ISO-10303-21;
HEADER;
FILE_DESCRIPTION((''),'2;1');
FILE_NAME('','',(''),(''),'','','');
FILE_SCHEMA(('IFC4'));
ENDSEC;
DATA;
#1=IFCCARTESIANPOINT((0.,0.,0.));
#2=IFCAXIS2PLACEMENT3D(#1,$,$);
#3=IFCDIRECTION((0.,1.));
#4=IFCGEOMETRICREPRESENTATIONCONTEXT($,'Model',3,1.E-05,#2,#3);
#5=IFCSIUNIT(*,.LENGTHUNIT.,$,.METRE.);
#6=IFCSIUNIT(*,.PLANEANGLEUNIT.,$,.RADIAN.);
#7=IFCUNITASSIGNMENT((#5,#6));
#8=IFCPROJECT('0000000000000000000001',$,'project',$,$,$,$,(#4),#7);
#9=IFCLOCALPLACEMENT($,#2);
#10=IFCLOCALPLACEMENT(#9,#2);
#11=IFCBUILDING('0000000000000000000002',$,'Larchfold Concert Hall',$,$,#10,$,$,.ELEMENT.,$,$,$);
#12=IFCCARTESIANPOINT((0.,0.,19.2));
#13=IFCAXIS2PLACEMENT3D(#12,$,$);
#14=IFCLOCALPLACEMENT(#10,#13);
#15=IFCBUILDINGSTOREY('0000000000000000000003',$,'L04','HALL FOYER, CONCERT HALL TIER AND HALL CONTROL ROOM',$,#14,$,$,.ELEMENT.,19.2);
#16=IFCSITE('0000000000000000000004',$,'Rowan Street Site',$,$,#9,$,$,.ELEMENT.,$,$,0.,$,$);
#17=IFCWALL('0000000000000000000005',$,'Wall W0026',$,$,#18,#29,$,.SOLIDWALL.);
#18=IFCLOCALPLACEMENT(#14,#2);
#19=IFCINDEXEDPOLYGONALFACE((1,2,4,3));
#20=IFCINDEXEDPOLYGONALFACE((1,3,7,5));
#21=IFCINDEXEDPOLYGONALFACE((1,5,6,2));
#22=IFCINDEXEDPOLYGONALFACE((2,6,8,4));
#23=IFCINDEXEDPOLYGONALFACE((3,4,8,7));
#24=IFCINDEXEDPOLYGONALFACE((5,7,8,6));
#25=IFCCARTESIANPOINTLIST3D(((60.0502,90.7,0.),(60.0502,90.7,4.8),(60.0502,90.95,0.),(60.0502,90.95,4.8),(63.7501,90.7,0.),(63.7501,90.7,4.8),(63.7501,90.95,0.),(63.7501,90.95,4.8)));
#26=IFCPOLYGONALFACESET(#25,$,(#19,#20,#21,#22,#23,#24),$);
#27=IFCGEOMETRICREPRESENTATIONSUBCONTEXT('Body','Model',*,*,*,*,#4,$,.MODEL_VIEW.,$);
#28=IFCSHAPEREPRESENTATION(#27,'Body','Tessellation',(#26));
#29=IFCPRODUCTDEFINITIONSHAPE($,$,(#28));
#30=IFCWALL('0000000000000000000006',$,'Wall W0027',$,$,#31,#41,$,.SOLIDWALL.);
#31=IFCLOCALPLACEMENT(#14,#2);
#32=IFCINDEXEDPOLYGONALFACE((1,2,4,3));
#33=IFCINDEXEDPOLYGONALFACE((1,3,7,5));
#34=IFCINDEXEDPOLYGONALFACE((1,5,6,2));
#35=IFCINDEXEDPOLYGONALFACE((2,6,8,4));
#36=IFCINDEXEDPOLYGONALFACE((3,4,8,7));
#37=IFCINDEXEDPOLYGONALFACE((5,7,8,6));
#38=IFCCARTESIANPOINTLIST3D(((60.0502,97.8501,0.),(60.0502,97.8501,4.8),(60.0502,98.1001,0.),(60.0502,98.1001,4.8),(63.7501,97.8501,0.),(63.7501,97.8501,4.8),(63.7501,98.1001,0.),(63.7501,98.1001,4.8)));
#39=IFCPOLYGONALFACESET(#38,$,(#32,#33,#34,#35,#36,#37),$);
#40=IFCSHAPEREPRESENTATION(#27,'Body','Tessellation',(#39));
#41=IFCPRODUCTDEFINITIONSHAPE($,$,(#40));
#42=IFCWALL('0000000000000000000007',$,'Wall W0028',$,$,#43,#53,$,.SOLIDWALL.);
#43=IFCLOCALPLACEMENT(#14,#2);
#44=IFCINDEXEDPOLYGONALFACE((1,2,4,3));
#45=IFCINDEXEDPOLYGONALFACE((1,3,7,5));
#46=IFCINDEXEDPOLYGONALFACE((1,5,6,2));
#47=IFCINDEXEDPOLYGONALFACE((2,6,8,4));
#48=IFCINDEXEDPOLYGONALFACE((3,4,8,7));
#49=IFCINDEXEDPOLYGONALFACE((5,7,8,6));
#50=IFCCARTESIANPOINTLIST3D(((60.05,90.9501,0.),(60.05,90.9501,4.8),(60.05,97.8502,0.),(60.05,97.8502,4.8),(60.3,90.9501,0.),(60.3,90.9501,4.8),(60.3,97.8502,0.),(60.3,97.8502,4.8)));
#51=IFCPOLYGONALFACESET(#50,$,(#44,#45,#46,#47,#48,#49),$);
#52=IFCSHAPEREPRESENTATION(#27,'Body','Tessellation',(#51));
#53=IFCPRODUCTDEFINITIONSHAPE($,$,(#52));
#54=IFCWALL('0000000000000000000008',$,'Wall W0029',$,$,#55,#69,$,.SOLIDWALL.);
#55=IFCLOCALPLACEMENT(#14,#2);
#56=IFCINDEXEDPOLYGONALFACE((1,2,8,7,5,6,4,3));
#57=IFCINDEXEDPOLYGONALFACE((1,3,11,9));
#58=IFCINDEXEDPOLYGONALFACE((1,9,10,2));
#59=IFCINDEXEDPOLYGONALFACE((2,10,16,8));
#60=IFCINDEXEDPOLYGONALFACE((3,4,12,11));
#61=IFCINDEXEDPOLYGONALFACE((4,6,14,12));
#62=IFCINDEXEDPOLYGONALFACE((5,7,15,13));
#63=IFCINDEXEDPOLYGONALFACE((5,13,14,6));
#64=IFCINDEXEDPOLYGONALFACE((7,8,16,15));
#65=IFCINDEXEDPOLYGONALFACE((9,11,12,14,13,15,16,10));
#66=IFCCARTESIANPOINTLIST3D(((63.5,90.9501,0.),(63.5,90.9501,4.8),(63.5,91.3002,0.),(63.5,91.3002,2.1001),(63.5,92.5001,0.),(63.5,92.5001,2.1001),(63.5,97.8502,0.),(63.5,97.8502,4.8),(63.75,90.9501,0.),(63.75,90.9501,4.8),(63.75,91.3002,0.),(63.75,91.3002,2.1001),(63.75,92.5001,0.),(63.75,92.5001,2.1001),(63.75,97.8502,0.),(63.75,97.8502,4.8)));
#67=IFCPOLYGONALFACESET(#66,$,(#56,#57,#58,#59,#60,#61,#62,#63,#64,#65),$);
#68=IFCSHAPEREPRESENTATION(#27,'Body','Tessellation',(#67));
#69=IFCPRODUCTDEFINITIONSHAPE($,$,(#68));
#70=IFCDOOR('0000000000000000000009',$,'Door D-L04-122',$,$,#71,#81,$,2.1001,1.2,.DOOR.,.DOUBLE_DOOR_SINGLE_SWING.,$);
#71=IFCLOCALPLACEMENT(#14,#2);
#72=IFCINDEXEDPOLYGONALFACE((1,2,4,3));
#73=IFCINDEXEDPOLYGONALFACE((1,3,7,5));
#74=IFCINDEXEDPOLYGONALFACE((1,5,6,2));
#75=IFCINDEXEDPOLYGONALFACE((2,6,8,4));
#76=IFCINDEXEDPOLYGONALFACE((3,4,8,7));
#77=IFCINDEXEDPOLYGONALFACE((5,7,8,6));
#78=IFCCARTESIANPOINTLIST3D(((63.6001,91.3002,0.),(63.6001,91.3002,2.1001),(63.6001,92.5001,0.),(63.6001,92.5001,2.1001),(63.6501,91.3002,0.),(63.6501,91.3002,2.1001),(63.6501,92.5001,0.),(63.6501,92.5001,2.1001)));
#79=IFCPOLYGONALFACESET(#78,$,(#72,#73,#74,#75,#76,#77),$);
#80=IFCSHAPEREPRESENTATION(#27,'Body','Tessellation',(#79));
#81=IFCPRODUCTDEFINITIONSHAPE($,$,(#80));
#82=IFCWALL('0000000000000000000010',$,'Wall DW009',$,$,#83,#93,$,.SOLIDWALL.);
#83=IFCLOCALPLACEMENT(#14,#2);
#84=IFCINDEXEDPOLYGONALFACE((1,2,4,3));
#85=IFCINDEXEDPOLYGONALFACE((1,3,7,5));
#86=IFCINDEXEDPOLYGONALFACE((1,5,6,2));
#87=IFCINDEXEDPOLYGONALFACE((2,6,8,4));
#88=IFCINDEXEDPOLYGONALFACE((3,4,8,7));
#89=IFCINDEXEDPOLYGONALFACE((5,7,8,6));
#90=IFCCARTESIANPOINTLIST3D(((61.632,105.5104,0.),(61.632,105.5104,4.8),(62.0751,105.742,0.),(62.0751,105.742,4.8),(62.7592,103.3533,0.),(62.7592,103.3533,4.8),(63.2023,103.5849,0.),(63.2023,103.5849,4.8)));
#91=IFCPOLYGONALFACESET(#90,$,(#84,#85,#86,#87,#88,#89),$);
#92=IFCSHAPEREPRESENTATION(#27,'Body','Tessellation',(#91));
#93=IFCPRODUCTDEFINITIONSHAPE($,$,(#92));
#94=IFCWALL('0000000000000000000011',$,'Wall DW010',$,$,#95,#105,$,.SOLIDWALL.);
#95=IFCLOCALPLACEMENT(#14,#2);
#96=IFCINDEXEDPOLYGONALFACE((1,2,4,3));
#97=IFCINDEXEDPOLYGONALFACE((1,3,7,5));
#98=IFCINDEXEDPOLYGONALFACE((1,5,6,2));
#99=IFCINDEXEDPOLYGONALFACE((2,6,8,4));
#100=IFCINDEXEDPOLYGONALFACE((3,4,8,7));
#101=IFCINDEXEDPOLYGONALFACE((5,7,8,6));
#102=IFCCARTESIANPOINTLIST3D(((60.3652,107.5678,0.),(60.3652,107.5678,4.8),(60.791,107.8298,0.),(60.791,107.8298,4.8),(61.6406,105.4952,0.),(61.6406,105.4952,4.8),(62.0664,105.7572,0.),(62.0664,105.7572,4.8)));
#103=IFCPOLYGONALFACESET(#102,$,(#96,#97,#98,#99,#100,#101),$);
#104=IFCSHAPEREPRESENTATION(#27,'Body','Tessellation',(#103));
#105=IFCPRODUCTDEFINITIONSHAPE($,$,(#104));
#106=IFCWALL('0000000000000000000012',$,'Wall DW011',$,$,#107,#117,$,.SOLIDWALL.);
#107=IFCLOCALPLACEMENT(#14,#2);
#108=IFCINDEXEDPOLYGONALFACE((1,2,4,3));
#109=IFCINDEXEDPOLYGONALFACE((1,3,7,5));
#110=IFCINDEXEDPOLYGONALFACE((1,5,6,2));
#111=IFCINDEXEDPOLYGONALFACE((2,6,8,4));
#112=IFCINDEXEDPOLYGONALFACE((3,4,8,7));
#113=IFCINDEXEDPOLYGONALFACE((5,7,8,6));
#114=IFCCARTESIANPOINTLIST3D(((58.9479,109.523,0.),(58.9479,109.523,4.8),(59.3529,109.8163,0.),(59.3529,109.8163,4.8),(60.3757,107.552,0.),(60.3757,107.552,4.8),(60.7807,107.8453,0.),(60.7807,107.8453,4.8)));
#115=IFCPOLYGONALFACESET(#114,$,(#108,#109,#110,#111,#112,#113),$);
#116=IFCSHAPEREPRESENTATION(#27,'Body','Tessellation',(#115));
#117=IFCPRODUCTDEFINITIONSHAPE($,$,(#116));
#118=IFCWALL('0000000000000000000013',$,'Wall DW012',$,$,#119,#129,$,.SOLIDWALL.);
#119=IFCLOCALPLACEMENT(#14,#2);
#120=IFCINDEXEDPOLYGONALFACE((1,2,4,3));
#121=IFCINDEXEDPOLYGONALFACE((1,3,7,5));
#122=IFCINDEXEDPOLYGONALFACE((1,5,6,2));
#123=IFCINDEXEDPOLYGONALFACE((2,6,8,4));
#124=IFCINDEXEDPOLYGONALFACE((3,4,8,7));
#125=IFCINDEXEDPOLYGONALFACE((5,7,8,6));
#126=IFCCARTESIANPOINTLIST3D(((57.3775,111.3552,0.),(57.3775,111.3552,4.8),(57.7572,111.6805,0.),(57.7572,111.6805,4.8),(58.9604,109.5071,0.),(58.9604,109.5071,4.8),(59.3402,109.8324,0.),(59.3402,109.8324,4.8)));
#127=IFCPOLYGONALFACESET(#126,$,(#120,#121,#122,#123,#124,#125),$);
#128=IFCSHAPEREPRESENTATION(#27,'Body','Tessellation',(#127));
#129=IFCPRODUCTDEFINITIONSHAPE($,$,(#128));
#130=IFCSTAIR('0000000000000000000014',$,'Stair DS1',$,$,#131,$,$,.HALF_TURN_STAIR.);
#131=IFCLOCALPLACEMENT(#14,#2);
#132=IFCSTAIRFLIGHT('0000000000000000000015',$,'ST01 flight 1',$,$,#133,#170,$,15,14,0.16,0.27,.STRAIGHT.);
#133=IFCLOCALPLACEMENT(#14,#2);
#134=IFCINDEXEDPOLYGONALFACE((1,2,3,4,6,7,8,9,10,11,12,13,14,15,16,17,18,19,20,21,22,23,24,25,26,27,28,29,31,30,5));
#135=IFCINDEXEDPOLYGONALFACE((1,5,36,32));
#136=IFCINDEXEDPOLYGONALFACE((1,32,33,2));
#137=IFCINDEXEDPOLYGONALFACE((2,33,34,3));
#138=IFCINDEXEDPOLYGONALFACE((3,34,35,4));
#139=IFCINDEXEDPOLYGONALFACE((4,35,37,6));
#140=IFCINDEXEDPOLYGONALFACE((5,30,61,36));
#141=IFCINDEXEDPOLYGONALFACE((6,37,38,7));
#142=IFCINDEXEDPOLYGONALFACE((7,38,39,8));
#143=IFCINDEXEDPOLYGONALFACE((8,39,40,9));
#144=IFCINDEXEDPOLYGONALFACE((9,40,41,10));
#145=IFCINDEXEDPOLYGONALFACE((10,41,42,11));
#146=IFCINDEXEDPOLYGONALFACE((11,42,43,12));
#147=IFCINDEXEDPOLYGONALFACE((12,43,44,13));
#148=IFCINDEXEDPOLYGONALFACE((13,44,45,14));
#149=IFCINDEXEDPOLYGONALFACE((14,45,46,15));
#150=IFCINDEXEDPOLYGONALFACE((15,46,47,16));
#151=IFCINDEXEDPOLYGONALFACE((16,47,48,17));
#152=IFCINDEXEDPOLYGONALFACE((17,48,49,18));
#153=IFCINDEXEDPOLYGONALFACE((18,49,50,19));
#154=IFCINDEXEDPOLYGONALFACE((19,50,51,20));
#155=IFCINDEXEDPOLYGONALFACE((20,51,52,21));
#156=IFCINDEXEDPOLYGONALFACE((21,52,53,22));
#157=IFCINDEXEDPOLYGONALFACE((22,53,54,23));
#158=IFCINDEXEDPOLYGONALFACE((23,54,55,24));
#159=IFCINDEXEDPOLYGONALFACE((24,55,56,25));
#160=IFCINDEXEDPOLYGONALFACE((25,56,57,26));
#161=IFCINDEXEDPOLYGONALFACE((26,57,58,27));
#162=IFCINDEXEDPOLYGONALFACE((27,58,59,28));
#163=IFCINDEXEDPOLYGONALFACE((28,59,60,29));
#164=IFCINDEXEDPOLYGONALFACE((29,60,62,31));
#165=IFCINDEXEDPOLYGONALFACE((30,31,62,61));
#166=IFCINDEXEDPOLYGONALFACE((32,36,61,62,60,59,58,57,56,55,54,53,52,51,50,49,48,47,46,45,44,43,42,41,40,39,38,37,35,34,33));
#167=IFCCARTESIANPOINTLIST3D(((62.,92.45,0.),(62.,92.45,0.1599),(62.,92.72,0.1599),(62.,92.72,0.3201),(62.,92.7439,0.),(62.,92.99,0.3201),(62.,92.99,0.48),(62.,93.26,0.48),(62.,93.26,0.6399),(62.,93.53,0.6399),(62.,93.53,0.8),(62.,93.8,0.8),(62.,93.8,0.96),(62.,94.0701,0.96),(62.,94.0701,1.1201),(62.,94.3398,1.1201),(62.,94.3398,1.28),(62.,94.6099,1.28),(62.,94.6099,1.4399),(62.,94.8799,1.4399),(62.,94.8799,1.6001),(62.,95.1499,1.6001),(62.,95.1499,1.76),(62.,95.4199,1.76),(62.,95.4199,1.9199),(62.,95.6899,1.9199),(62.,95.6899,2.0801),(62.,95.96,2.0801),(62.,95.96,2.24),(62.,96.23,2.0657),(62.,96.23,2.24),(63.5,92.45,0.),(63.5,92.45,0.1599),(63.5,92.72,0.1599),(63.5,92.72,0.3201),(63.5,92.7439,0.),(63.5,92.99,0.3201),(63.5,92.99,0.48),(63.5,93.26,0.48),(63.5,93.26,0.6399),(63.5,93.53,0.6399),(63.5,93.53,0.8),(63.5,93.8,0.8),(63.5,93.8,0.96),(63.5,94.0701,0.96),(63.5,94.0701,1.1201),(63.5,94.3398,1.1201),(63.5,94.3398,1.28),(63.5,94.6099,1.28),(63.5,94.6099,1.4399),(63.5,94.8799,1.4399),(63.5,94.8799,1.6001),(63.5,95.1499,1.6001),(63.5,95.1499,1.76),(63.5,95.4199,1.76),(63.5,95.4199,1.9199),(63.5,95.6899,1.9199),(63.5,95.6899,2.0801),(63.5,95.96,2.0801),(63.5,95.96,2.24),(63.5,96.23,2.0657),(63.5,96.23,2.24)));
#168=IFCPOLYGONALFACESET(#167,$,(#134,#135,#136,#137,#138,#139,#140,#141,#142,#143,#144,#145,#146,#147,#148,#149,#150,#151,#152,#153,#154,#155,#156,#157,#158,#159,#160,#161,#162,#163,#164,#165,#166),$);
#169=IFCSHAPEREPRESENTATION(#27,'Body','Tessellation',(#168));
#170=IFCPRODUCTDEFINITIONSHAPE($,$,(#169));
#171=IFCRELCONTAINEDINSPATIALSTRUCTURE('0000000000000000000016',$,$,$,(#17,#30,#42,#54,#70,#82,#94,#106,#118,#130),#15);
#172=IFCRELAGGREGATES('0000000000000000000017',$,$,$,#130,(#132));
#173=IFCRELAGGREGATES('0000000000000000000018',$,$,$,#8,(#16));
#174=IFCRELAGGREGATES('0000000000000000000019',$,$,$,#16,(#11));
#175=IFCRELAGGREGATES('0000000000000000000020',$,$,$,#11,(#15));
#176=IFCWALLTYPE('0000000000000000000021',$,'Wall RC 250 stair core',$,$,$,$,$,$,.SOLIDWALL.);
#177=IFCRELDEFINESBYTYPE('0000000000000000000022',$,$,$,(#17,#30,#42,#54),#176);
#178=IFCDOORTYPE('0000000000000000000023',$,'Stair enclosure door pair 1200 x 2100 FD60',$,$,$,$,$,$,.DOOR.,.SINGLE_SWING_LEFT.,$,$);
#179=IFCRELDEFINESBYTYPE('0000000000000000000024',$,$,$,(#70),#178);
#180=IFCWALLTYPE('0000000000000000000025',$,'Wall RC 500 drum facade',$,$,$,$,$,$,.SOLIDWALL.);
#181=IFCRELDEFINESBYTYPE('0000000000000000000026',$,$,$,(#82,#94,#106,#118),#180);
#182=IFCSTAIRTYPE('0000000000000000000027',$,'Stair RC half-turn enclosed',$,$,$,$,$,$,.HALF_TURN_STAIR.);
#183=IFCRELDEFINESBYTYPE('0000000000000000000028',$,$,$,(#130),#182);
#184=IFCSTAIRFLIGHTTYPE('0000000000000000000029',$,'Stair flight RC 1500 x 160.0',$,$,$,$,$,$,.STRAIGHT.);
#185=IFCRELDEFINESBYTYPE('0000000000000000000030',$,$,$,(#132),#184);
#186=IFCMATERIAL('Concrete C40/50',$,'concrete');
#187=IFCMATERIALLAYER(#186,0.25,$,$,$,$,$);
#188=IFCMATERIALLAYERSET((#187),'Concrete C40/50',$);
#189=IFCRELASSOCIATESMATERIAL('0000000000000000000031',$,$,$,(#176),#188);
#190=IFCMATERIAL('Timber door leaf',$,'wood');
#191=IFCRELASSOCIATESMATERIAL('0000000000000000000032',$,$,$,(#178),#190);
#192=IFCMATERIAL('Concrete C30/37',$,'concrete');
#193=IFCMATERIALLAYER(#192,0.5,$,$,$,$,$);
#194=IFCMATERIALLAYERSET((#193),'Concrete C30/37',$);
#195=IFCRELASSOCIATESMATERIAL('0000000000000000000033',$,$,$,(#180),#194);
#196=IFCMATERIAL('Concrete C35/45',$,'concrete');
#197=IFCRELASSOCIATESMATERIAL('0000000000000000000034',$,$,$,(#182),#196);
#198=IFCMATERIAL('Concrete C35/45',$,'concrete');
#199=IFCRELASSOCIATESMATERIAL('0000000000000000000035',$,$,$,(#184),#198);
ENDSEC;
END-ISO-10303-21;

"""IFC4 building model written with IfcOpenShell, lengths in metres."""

from ifc_helpers import new_model, si_unit, direction, frame, frame_2d, origin, place, context, subcontext, project, spatial, polyline, rectangle, outline, extrude, material, layer, layer_set, type_object, element, fill, aggregate, save


model = new_model("IFC4")

# Units and contexts
model_context = context("Model", 3, precision=1e-05, world=origin(), true_north=direction((0.0, 1.0)))
body_context = subcontext(model_context, "Body", "Model", "MODEL_VIEW")
ifc_project = project(units=[si_unit("LENGTHUNIT", "METRE"), si_unit("PLANEANGLEUNIT", "RADIAN")], contexts=[model_context])

# Site, building, storey
site_placement = place(None, origin())
site = spatial("IfcSite", under=ifc_project, at=site_placement, Name="Rowan Street Site", CompositionType="ELEMENT", RefElevation=0.0)
building_placement = place(site_placement, origin())
building = spatial("IfcBuilding", under=site, at=building_placement, Name="Larchfold Concert Hall", CompositionType="ELEMENT")
storey_placement = place(building_placement, frame((0.0, 0.0, 19.2)))
storey = spatial("IfcBuildingStorey", under=building, at=storey_placement, Name="L04", Description="HALL FOYER, CONCERT HALL TIER AND HALL CONTROL ROOM", CompositionType="ELEMENT", Elevation=19.2)

# Walls
ifc_material_1 = material(Name="Concrete C40/50", Category="concrete")
ifc_layer_1 = layer(ifc_material_1, 0.25)
ifc_layer_set_1 = layer_set([ifc_layer_1], Name="Concrete C40/50")
wall_type_1 = type_object("IfcWallType", Name="Wall RC 250 stair core", PredefinedType="SOLIDWALL", material=ifc_layer_set_1)
for number, where, z_axis, x_axis, name in (
    (1, (60.05, 90.825, 0.0), (0.0, 0.0, 1.0), (1.0, 0.0, 0.0), "Wall W0026"),
    (2, (60.05, 97.9751, 0.0), (0.0, 0.0, 1.0), (1.0, 0.0, 0.0), "Wall W0027"),
):
    element("IfcWall", number, at=place(storey_placement, frame(where, z_axis=z_axis, x_axis=x_axis)), inside=storey, type_object=wall_type_1, Name=name, PredefinedType="SOLIDWALL", context=body_context, shape_type="SweptSolid", body=[
        extrude(rectangle(XDim=3.7, YDim=0.25, at=frame_2d((1.8501, 0.0))), origin(), (0.0, 0.0, 1.0), 4.8),
    ])
wall_1_placement = place(storey_placement, frame((60.175, 90.95, 0.0), z_axis=(0.0, 0.0, 1.0), x_axis=(0.0, 1.0, 0.0)))
element("IfcWall", 3, at=wall_1_placement, inside=storey, type_object=wall_type_1, Name="Wall W0028", PredefinedType="SOLIDWALL", context=body_context, shape_type="SweptSolid", body=[
    extrude(rectangle(XDim=6.9001, YDim=0.25, at=frame_2d((3.4502, 0.0))), origin(), (0.0, 0.0, 1.0), 4.8),
])

# Wall, opening, door
wall_2_placement = place(storey_placement, frame((63.625, 90.95, 0.0), z_axis=(0.0, 0.0, 1.0), x_axis=(0.0, 1.0, 0.0)))
wall_2 = element("IfcWall", 4, at=wall_2_placement, inside=storey, type_object=wall_type_1, Name="Wall W0029", PredefinedType="SOLIDWALL", context=body_context, shape_type="SweptSolid", body=[
    extrude(rectangle(XDim=6.9001, YDim=0.25, at=frame_2d((3.4502, 0.0))), origin(), (0.0, 0.0, 1.0), 4.8),
])
opening_placement = place(wall_2_placement, frame((0.3501, 0.0, 0.0)))
opening = element("IfcOpeningElement", 5, at=opening_placement, cuts=wall_2, PredefinedType="OPENING", context=body_context, shape_type="SweptSolid", body=[
    extrude(rectangle(XDim=1.2, YDim=2.1001, at=frame_2d((0.6001, 1.05))), frame((0.0, 0.135, 0.0), z_axis=(0.0, -1.0, 0.0), x_axis=(1.0, 0.0, 0.0)), (0.0, 0.0, 1.0), 0.27),
])
ifc_material_2 = material(Name="Timber door leaf", Category="wood")
door_type = type_object("IfcDoorType", Name="Stair enclosure door pair 1200 x 2100 FD60", OperationType="SINGLE_SWING_LEFT", PredefinedType="DOOR", material=ifc_material_2)
door_placement = place(opening_placement, origin())
door = element("IfcDoor", 6, at=door_placement, inside=storey, type_object=door_type, Name="Door D-L04-122", OperationType="DOUBLE_DOOR_SINGLE_SWING", OverallHeight=2.1001, OverallWidth=1.2, PredefinedType="DOOR", context=body_context, shape_type="SweptSolid", body=[
    extrude(rectangle(XDim=1.2, YDim=2.1001, at=frame_2d((0.6001, 1.05))), frame((0.0, 0.0249, 0.0), z_axis=(0.0, -1.0, 0.0), x_axis=(1.0, 0.0, 0.0)), (0.0, 0.0, 1.0), 0.05),
])
fill(opening, door)

# Walls
ifc_material_3 = material(Name="Concrete C30/37", Category="concrete")
ifc_layer_2 = layer(ifc_material_3, 0.5)
ifc_layer_set_2 = layer_set([ifc_layer_2], Name="Concrete C30/37")
wall_type_2 = type_object("IfcWallType", Name="Wall RC 500 drum facade", PredefinedType="SOLIDWALL", material=ifc_layer_set_2)
wall_3_placement = place(storey_placement, frame((62.9807, 103.4692, 0.0), z_axis=(0.0, 0.0, 1.0), x_axis=(-0.463152, 0.886279, 0.0)))
element("IfcWall", 7, at=wall_3_placement, inside=storey, type_object=wall_type_2, Name="Wall DW009", PredefinedType="SOLIDWALL", context=body_context, shape_type="SweptSolid", body=[
    extrude(rectangle(XDim=2.4338, YDim=0.5, at=frame_2d((1.2168, 0.0))), origin(), (0.0, 0.0, 1.0), 4.8),
])
wall_4_placement = place(storey_placement, frame((61.8535, 105.6262, 0.0), z_axis=(0.0, 0.0, 1.0), x_axis=(-0.524097, 0.851658, 0.0)))
element("IfcWall", 8, at=wall_4_placement, inside=storey, type_object=wall_type_2, Name="Wall DW010", PredefinedType="SOLIDWALL", context=body_context, shape_type="SweptSolid", body=[
    extrude(rectangle(XDim=2.4336, YDim=0.5, at=frame_2d((1.2168, 0.0))), origin(), (0.0, 0.0, 1.0), 4.8),
])
wall_5_placement = place(storey_placement, frame((60.5781, 107.6987, 0.0), z_axis=(0.0, 0.0, 1.0), x_axis=(-0.586644, 0.809845, 0.0)))
element("IfcWall", 9, at=wall_5_placement, inside=storey, type_object=wall_type_2, Name="Wall DW011", PredefinedType="SOLIDWALL", context=body_context, shape_type="SweptSolid", body=[
    extrude(rectangle(XDim=2.4338, YDim=0.5, at=frame_2d((1.2168, 0.0))), origin(), (0.0, 0.0, 1.0), 4.8),
])
wall_6_placement = place(storey_placement, frame((59.1504, 109.6697, 0.0), z_axis=(0.0, 0.0, 1.0), x_axis=(-0.650527, 0.759483, 0.0)))
element("IfcWall", 10, at=wall_6_placement, inside=storey, type_object=wall_type_2, Name="Wall DW012", PredefinedType="SOLIDWALL", context=body_context, shape_type="SweptSolid", body=[
    extrude(rectangle(XDim=2.4333, YDim=0.5, at=frame_2d((1.2168, 0.0))), origin(), (0.0, 0.0, 1.0), 4.8),
])

# Stair, stair flight
ifc_material_4 = material(Name="Concrete C35/45", Category="concrete")
stair_type = type_object("IfcStairType", Name="Stair RC half-turn enclosed", PredefinedType="HALF_TURN_STAIR", material=ifc_material_4)
stair_placement = place(storey_placement, origin())
stair = element("IfcStair", 11, at=stair_placement, inside=storey, type_object=stair_type, Name="Stair DS1", PredefinedType="HALF_TURN_STAIR")
ifc_material_5 = material(Name="Concrete C35/45", Category="concrete")
stair_flight_type = type_object("IfcStairFlightType", Name="Stair flight RC 1500 x 160.0", PredefinedType="STRAIGHT", material=ifc_material_5)
stair_flight_1_placement = place(storey_placement, frame((62.75, 92.45, 0.0), z_axis=(0.0, 0.0, 1.0), x_axis=(0.0, 1.0, 0.0)))
stair_flight_1 = element("IfcStairFlight", 12, at=stair_flight_1_placement, type_object=stair_flight_type, Name="ST01 flight 1", NumberOfRisers=15, NumberOfTreads=14, PredefinedType="STRAIGHT", RiserHeight=0.16, TreadLength=0.27, context=body_context, shape_type="SweptSolid", body=[
    extrude(outline(polyline([(0.0, 0.0), (0.0, 0.1599), (0.27, 0.1599), (0.27, 0.3201), (0.54, 0.3201), (0.54, 0.48), (0.8101, 0.48), (0.8101, 0.6399), (1.0801, 0.6399), (1.0801, 0.8), (1.3501, 0.8), (1.3501, 0.96), (1.6201, 0.96), (1.6201, 1.1201), (1.8899, 1.1201), (1.8899, 1.28), (2.1599, 1.28), (2.1599, 1.4399), (2.4299, 1.4399), (2.4299, 1.6001), (2.7, 1.6001), (2.7, 1.76), (2.97, 1.76), (2.97, 1.9199), (3.24, 1.9199), (3.24, 2.0801), (3.51, 2.0801), (3.51, 2.24), (3.78, 2.24), (3.78, 2.3999), (3.78, 2.0657), (0.2939, 0.0), (0.0, 0.0)])), frame((0.0, 0.75, 0.0), z_axis=(0.0, -1.0, 0.0), x_axis=(1.0, 0.0, 0.0)), (0.0, 0.0, 1.0), 1.5),
])
aggregate(stair, [stair_flight_1])

save(model, "model.ifc")
